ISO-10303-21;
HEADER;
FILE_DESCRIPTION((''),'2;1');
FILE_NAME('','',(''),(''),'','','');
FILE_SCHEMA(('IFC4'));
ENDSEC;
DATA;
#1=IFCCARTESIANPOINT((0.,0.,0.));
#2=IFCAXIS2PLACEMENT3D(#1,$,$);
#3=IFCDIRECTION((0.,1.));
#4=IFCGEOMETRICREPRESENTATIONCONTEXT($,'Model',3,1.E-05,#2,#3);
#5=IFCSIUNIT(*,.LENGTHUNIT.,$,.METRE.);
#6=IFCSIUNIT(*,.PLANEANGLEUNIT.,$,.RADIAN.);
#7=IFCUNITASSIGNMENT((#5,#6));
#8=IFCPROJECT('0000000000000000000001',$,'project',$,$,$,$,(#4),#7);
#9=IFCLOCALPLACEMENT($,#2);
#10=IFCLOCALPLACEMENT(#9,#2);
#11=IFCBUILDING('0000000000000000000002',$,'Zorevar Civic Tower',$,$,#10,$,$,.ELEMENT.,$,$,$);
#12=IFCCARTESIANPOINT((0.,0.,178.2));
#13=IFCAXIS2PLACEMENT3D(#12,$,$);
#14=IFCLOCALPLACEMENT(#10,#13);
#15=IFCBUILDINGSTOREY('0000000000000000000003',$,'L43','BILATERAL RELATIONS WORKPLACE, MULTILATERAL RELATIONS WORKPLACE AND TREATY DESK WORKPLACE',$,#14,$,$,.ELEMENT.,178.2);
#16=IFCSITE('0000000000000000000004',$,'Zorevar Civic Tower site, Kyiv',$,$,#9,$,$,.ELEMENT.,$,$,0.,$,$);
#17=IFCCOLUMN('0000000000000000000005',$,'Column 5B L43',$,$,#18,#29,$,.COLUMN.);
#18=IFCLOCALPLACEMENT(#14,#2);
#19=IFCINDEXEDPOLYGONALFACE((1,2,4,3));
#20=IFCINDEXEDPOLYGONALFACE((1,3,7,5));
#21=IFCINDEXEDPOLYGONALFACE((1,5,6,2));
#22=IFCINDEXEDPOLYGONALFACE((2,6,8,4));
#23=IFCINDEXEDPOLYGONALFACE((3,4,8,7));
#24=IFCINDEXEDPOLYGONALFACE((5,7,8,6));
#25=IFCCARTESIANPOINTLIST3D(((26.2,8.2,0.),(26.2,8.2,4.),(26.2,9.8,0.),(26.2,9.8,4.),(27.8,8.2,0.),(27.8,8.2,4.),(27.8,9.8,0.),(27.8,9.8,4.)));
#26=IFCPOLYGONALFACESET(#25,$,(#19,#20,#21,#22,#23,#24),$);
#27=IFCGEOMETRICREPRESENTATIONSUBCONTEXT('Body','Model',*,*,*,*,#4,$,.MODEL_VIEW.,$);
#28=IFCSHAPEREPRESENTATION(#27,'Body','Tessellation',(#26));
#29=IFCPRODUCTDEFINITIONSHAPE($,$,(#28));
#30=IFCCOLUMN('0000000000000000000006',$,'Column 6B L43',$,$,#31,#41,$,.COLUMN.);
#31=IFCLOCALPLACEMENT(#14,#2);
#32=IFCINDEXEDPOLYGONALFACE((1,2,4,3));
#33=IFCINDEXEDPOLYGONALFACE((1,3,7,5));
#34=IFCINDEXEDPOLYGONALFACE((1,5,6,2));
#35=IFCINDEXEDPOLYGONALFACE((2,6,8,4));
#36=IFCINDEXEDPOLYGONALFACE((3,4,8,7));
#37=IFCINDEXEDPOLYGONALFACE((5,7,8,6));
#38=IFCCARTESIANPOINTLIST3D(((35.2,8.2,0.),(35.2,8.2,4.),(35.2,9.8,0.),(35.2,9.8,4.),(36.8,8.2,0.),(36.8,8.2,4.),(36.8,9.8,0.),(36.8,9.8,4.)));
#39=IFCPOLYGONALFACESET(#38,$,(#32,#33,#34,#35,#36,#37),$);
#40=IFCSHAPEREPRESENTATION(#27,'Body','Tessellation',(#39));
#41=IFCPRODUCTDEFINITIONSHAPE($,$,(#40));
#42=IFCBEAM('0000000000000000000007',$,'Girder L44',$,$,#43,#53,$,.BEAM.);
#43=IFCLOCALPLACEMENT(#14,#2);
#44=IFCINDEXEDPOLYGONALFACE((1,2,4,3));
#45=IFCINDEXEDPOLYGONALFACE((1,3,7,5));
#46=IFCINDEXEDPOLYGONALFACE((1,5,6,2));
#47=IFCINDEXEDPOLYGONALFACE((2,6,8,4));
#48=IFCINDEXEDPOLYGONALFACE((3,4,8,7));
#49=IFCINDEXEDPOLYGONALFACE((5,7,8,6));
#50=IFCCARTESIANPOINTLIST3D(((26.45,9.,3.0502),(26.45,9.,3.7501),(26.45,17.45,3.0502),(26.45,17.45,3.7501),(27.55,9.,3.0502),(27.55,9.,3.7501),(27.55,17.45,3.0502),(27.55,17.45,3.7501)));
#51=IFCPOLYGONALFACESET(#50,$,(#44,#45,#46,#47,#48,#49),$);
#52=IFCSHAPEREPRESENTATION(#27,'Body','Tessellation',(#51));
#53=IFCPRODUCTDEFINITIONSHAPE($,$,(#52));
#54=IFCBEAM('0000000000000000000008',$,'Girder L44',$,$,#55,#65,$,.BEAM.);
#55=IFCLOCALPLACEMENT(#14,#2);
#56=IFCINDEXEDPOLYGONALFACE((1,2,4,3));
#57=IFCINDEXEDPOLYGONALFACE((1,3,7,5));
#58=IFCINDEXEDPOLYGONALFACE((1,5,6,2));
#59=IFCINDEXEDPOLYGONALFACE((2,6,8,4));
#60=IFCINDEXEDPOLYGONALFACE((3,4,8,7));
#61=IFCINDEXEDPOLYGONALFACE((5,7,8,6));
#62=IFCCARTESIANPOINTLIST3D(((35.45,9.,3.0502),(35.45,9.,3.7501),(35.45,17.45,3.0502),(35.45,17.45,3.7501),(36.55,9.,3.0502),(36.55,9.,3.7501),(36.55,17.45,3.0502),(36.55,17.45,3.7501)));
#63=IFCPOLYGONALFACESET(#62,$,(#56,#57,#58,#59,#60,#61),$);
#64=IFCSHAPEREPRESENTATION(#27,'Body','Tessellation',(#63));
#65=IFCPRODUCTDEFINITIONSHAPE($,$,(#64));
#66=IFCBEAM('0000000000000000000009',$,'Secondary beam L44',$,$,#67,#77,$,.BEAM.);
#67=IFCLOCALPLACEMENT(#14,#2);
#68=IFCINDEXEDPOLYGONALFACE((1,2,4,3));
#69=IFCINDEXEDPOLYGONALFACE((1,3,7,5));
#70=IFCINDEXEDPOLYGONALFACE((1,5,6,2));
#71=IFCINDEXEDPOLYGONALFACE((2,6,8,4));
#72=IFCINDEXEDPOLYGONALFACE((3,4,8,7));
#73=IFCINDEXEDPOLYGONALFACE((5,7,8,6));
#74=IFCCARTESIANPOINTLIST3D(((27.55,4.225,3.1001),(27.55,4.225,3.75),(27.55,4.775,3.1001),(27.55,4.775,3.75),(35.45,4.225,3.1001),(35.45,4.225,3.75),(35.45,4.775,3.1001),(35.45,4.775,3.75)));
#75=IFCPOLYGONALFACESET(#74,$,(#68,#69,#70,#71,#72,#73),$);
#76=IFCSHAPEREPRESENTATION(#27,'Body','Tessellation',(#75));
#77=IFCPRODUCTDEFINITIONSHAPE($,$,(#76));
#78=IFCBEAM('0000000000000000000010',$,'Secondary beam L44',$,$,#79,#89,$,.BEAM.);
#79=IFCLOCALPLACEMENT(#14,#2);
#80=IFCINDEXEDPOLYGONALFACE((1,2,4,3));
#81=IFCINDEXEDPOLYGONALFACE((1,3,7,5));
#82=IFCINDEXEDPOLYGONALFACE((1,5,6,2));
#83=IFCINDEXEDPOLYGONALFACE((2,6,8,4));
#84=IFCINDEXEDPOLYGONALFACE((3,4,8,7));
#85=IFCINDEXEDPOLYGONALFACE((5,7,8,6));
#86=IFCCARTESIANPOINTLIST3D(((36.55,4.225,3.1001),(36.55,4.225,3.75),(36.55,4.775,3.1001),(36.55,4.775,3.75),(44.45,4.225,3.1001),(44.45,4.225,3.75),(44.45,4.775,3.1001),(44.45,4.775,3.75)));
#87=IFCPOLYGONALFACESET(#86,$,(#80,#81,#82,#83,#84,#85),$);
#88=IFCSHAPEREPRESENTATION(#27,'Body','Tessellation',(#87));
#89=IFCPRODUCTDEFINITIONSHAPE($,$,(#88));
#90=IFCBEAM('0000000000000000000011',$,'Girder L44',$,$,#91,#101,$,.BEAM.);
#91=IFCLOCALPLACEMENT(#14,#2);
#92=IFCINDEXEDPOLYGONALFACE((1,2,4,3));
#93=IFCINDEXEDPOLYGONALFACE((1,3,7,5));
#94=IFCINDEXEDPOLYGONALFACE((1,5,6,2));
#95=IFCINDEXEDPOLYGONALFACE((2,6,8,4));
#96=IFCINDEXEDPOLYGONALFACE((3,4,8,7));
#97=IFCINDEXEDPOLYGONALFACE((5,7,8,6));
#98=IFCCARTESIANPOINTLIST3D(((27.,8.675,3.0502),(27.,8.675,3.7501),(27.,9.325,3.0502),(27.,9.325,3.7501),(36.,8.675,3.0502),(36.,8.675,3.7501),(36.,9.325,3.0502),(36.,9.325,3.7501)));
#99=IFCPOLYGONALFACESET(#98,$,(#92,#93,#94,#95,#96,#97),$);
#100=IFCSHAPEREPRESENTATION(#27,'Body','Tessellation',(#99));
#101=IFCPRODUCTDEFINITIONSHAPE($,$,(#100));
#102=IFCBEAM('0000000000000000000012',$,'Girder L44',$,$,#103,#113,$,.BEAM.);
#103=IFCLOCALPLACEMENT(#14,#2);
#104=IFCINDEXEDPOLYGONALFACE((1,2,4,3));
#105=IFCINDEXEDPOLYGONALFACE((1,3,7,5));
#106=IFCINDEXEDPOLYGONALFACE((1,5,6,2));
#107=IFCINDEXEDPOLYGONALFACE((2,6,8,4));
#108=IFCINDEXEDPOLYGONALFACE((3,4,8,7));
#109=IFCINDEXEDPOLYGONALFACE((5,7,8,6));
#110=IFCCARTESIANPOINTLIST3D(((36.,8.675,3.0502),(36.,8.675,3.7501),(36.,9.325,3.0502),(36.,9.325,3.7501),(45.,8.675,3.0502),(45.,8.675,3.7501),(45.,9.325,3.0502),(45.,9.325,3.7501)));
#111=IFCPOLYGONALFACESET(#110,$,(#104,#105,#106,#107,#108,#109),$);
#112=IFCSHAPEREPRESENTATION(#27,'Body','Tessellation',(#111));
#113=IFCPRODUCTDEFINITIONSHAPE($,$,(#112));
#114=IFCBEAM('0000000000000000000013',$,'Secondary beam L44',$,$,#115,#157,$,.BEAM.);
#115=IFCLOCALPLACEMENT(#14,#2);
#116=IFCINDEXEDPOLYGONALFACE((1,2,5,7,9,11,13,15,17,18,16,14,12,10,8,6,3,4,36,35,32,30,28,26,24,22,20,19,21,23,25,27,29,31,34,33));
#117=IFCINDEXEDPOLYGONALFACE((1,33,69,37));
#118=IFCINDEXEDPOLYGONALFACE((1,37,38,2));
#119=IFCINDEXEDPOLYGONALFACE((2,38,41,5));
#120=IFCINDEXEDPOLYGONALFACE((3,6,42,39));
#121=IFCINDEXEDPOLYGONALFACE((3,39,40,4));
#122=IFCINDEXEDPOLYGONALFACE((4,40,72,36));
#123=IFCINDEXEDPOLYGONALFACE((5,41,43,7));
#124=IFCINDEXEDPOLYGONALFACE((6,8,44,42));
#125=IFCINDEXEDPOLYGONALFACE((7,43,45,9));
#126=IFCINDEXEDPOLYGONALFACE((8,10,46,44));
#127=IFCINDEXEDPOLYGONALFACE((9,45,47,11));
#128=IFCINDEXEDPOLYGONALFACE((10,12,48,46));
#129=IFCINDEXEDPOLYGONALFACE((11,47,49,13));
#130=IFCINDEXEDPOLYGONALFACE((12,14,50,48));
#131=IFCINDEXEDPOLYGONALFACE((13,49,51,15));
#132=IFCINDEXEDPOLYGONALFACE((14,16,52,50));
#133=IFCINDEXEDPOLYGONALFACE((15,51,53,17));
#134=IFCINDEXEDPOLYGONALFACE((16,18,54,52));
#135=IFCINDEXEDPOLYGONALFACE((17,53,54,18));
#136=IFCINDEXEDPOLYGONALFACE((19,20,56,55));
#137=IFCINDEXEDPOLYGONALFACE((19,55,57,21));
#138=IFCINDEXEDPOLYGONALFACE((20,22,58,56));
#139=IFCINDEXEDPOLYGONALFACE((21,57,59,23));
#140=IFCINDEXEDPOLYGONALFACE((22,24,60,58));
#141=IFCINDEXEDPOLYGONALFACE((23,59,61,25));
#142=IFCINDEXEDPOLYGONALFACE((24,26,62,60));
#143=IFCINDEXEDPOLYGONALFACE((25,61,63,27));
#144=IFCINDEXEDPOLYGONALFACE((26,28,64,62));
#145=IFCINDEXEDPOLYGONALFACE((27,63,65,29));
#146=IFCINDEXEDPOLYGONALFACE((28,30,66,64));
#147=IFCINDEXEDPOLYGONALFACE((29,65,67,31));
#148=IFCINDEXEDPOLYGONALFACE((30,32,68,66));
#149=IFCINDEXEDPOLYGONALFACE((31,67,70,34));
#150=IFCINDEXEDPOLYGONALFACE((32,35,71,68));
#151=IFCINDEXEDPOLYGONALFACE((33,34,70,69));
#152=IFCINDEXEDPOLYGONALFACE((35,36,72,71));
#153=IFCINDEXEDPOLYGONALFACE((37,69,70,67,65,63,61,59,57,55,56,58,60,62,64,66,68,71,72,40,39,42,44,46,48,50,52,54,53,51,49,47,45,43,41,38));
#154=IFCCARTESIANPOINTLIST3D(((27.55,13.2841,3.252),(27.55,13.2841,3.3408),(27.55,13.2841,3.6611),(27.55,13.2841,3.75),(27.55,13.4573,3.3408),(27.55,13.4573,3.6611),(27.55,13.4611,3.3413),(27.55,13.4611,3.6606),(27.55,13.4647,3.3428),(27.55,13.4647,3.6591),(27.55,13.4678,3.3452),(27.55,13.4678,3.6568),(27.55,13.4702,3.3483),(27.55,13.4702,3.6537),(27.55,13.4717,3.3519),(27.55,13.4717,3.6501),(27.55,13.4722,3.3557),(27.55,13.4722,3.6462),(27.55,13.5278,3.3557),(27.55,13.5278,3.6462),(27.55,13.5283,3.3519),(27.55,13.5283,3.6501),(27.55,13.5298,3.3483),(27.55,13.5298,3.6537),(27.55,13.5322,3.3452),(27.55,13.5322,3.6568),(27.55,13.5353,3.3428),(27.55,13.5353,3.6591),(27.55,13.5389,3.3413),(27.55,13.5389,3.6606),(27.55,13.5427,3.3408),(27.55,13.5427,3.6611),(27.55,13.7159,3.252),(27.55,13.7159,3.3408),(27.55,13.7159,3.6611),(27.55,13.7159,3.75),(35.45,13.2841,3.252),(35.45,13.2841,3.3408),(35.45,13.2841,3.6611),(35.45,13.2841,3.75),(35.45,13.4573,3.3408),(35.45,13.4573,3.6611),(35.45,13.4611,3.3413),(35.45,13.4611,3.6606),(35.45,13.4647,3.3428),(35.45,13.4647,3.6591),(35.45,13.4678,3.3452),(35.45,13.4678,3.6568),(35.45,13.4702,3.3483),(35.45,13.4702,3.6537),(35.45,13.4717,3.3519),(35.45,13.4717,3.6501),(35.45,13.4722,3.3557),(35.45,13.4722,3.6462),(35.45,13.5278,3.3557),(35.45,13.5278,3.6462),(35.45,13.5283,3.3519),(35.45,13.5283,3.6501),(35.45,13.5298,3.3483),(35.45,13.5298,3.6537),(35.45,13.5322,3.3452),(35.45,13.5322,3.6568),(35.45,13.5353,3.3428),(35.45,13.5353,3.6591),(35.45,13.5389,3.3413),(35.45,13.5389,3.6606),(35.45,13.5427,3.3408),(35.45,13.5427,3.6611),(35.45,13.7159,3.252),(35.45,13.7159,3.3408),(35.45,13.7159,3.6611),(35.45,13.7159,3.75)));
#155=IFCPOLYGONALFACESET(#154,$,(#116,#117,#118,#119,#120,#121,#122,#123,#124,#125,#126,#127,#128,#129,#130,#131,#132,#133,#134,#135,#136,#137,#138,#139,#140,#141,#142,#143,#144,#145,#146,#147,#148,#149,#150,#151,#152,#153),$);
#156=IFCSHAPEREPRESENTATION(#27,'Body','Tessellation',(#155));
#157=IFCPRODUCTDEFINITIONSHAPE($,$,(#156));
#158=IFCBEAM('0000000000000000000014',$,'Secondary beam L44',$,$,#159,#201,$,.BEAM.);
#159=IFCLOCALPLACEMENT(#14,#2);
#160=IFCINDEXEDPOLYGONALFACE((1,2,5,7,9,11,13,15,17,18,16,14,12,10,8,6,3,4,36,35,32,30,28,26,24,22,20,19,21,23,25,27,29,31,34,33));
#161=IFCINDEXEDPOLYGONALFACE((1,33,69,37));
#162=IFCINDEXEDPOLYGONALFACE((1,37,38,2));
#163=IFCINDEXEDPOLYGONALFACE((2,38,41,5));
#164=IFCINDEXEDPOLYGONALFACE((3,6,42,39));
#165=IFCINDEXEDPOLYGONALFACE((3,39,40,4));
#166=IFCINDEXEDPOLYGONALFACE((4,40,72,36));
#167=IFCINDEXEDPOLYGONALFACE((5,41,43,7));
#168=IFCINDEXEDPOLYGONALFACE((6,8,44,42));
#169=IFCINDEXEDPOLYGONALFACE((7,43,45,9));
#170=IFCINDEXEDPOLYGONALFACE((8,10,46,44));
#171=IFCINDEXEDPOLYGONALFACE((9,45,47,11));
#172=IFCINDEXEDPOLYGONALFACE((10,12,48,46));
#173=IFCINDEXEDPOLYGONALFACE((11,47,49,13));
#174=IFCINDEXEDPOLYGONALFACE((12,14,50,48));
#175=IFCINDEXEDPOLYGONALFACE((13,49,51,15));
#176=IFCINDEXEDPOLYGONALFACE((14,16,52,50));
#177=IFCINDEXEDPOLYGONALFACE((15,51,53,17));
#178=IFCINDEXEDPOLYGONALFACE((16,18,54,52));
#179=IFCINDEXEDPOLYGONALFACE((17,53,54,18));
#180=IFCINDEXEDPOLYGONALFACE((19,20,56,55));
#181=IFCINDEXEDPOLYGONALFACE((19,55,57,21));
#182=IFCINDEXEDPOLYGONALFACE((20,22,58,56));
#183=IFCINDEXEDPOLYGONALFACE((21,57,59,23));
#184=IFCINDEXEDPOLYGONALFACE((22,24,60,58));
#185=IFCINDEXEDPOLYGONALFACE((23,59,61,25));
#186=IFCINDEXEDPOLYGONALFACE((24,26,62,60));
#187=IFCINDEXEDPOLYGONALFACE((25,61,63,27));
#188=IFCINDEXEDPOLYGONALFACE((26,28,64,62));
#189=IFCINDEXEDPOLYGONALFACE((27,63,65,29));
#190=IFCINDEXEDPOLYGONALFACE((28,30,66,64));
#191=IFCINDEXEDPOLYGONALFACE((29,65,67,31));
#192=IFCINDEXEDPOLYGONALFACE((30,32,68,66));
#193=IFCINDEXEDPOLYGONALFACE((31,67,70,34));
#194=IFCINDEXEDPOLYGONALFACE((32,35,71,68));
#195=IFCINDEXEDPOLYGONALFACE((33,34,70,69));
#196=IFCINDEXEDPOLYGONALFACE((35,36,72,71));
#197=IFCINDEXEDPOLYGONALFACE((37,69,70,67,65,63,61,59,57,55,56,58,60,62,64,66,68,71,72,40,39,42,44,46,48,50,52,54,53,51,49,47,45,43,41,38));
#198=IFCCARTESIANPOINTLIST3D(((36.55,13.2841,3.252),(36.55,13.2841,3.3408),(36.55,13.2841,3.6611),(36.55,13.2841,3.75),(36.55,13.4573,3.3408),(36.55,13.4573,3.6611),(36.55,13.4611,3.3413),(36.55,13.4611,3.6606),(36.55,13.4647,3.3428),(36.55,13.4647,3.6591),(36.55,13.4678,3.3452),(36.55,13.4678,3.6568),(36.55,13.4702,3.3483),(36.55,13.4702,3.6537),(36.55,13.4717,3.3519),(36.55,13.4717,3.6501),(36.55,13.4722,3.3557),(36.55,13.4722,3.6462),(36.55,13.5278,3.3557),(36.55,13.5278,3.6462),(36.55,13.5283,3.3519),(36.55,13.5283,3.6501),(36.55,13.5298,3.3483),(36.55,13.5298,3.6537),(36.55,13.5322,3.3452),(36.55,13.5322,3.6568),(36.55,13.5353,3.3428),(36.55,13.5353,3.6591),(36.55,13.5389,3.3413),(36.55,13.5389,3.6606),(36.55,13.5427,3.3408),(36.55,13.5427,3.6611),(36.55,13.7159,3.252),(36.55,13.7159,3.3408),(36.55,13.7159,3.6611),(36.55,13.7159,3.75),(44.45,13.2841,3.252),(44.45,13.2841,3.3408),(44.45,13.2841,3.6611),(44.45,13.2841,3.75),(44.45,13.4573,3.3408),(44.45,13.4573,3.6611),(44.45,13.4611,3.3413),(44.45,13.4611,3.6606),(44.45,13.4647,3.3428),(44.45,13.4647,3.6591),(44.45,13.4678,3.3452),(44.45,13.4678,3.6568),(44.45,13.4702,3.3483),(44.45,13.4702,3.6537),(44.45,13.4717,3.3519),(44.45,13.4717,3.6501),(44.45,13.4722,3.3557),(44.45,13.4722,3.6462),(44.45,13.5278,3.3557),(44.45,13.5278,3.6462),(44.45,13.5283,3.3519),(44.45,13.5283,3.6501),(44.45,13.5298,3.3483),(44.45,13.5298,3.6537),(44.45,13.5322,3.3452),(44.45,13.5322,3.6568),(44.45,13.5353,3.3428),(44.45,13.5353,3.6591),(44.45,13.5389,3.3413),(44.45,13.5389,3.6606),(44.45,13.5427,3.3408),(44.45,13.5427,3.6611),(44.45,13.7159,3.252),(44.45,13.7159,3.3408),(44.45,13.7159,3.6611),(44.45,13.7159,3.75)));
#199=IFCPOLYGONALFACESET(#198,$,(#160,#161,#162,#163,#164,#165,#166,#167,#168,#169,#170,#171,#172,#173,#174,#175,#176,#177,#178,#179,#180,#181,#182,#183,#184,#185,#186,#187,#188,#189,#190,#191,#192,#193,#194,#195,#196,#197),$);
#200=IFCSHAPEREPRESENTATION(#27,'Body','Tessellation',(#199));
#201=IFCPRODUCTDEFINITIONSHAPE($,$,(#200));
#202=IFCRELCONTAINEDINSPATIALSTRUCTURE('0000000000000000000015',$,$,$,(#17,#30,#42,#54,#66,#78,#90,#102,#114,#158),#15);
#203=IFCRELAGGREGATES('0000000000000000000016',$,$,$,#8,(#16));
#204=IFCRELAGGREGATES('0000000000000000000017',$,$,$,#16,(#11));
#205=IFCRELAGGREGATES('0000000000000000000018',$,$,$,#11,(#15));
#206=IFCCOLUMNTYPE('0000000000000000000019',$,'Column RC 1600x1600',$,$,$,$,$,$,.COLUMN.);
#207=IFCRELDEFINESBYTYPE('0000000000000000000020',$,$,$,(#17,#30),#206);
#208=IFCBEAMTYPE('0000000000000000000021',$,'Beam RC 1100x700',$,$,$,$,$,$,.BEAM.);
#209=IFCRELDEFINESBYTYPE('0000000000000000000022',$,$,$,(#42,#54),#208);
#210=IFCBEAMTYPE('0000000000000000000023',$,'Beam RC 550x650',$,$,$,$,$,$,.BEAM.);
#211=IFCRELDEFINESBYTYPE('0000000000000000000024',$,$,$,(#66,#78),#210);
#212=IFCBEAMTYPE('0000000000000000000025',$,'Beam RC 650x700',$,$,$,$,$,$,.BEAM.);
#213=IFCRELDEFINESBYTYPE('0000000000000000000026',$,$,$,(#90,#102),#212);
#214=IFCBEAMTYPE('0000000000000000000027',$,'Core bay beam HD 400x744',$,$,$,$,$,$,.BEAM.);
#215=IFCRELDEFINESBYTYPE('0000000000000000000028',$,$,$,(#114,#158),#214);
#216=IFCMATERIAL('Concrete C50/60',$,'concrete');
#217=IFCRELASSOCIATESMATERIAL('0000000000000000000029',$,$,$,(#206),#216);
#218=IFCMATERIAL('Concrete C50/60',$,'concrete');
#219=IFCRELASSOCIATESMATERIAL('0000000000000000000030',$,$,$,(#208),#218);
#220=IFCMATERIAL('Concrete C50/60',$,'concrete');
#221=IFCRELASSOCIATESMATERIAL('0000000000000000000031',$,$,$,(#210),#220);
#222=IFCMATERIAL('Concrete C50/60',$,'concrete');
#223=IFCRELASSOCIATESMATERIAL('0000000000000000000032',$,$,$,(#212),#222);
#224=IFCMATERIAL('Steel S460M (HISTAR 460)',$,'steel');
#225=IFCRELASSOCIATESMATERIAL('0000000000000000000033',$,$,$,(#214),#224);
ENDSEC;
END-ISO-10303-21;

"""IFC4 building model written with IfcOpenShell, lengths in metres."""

from ifc_helpers import new_model, si_unit, direction, frame, origin, origin_2d, place, context, subcontext, project, spatial, rectangle, i_section, extrude, material, material_profile, profile_set, type_object, element, save


model = new_model("IFC4")

# Units and contexts
model_context = context("Model", 3, precision=1e-05, world=origin(), true_north=direction((0.0, 1.0)))
body_context = subcontext(model_context, "Body", "Model", "MODEL_VIEW")
ifc_project = project(units=[si_unit("LENGTHUNIT", "METRE"), si_unit("PLANEANGLEUNIT", "RADIAN")], contexts=[model_context])

# Site, building, storey
site_placement = place(None, origin())
site = spatial("IfcSite", under=ifc_project, at=site_placement, Name="Zorevar Civic Tower site, Kyiv", CompositionType="ELEMENT", RefElevation=0.0)
building_placement = place(site_placement, origin())
building = spatial("IfcBuilding", under=site, at=building_placement, Name="Zorevar Civic Tower", CompositionType="ELEMENT")
storey_placement = place(building_placement, frame((0.0, 0.0, 178.2)))
storey = spatial("IfcBuildingStorey", under=building, at=storey_placement, Name="L43", Description="BILATERAL RELATIONS WORKPLACE, MULTILATERAL RELATIONS WORKPLACE AND TREATY DESK WORKPLACE", CompositionType="ELEMENT", Elevation=178.2)

# Columns
ifc_material_1 = material(Name="Concrete C50/60", Category="concrete")
ifc_material_profile_1 = material_profile(ifc_material_1, rectangle(XDim=1.6001, YDim=1.6001, at=origin_2d()), Name="RC 1600x1600")
ifc_profile_set_1 = profile_set([ifc_material_profile_1], Name="Concrete C50/60")
column_type = type_object("IfcColumnType", Name="Column RC 1600x1600", PredefinedType="COLUMN", material=ifc_profile_set_1)
for number, where, z_axis, x_axis, name in (
    (1, (27.0, 9.0, 0.0), (0.0, 0.0, 1.0), (1.0, 0.0, 0.0), "Column 5B L43"),
    (2, (36.0, 9.0, 0.0), (0.0, 0.0, 1.0), (1.0, 0.0, 0.0), "Column 6B L43"),
):
    element("IfcColumn", number, at=place(storey_placement, frame(where, z_axis=z_axis, x_axis=x_axis)), inside=storey, type_object=column_type, Name=name, PredefinedType="COLUMN", context=body_context, shape_type="SweptSolid", body=[
        extrude(rectangle(XDim=1.6001, YDim=1.6001, at=origin_2d()), origin(), (0.0, 0.0, 1.0), 4.0),
    ])

# Beams
ifc_material_2 = material(Name="Concrete C50/60", Category="concrete")
ifc_material_profile_2 = material_profile(ifc_material_2, rectangle(XDim=1.1001, YDim=0.7, at=origin_2d()), Name="RC 1100x700")
ifc_profile_set_2 = profile_set([ifc_material_profile_2], Name="Concrete C50/60")
beam_type_1 = type_object("IfcBeamType", Name="Beam RC 1100x700", PredefinedType="BEAM", material=ifc_profile_set_2)
for number, where, z_axis, x_axis, name in (
    (3, (27.0, 9.0, 3.4001), (0.0, 1.0, 0.0), (-1.0, 0.0, 0.0), "Girder L44"),
    (4, (36.0, 9.0, 3.4001), (0.0, 1.0, 0.0), (-1.0, 0.0, 0.0), "Girder L44"),
):
    element("IfcBeam", number, at=place(storey_placement, frame(where, z_axis=z_axis, x_axis=x_axis)), inside=storey, type_object=beam_type_1, Name=name, PredefinedType="BEAM", context=body_context, shape_type="SweptSolid", body=[
        extrude(rectangle(XDim=1.1001, YDim=0.7, at=origin_2d()), origin(), (0.0, 0.0, 1.0), 8.45),
    ])
ifc_material_3 = material(Name="Concrete C50/60", Category="concrete")
ifc_material_profile_3 = material_profile(ifc_material_3, rectangle(XDim=0.55, YDim=0.6499, at=origin_2d()), Name="RC 550x650")
ifc_profile_set_3 = profile_set([ifc_material_profile_3], Name="Concrete C50/60")
beam_type_2 = type_object("IfcBeamType", Name="Beam RC 550x650", PredefinedType="BEAM", material=ifc_profile_set_3)
for number, where, z_axis, x_axis, name in (
    (5, (27.55, 4.5, 3.425), (1.0, 0.0, 0.0), (0.0, 1.0, 0.0), "Secondary beam L44"),
    (6, (36.55, 4.5, 3.425), (1.0, 0.0, 0.0), (0.0, 1.0, 0.0), "Secondary beam L44"),
):
    element("IfcBeam", number, at=place(storey_placement, frame(where, z_axis=z_axis, x_axis=x_axis)), inside=storey, type_object=beam_type_2, Name=name, PredefinedType="BEAM", context=body_context, shape_type="SweptSolid", body=[
        extrude(rectangle(XDim=0.55, YDim=0.6499, at=origin_2d()), origin(), (0.0, 0.0, 1.0), 7.8999),
    ])
ifc_material_4 = material(Name="Concrete C50/60", Category="concrete")
ifc_material_profile_4 = material_profile(ifc_material_4, rectangle(XDim=0.6499, YDim=0.7, at=origin_2d()), Name="RC 650x700")
ifc_profile_set_4 = profile_set([ifc_material_profile_4], Name="Concrete C50/60")
beam_type_3 = type_object("IfcBeamType", Name="Beam RC 650x700", PredefinedType="BEAM", material=ifc_profile_set_4)
for number, where, z_axis, x_axis, name in (
    (7, (27.0, 9.0, 3.4001), (1.0, 0.0, 0.0), (0.0, 1.0, 0.0), "Girder L44"),
    (8, (36.0, 9.0, 3.4001), (1.0, 0.0, 0.0), (0.0, 1.0, 0.0), "Girder L44"),
):
    element("IfcBeam", number, at=place(storey_placement, frame(where, z_axis=z_axis, x_axis=x_axis)), inside=storey, type_object=beam_type_3, Name=name, PredefinedType="BEAM", context=body_context, shape_type="SweptSolid", body=[
        extrude(rectangle(XDim=0.6499, YDim=0.7, at=origin_2d()), origin(), (0.0, 0.0, 1.0), 9.0),
    ])
ifc_material_5 = material(Name="Steel S460M (HISTAR 460)", Category="steel")
ifc_material_profile_5 = material_profile(ifc_material_5, i_section(OverallWidth=0.4319, OverallDepth=0.498, WebThickness=0.0557, FlangeThickness=0.0889, FilletRadius=0.0149, at=origin_2d()), Name="HD 400x744")
ifc_profile_set_5 = profile_set([ifc_material_profile_5], Name="Steel S460M (HISTAR 460)")
beam_type_4 = type_object("IfcBeamType", Name="Core bay beam HD 400x744", PredefinedType="BEAM", material=ifc_profile_set_5)
for number, where, z_axis, x_axis, name in (
    (9, (27.55, 13.5, 3.501), (1.0, 0.0, 0.0), (0.0, 1.0, 0.0), "Secondary beam L44"),
    (10, (36.55, 13.5, 3.501), (1.0, 0.0, 0.0), (0.0, 1.0, 0.0), "Secondary beam L44"),
):
    element("IfcBeam", number, at=place(storey_placement, frame(where, z_axis=z_axis, x_axis=x_axis)), inside=storey, type_object=beam_type_4, Name=name, PredefinedType="BEAM", context=body_context, shape_type="SweptSolid", body=[
        extrude(i_section(OverallWidth=0.4319, OverallDepth=0.498, WebThickness=0.0557, FlangeThickness=0.0889, FilletRadius=0.0149, at=origin_2d()), origin(), (0.0, 0.0, 1.0), 7.8999),
    ])

save(model, "model.ifc")
